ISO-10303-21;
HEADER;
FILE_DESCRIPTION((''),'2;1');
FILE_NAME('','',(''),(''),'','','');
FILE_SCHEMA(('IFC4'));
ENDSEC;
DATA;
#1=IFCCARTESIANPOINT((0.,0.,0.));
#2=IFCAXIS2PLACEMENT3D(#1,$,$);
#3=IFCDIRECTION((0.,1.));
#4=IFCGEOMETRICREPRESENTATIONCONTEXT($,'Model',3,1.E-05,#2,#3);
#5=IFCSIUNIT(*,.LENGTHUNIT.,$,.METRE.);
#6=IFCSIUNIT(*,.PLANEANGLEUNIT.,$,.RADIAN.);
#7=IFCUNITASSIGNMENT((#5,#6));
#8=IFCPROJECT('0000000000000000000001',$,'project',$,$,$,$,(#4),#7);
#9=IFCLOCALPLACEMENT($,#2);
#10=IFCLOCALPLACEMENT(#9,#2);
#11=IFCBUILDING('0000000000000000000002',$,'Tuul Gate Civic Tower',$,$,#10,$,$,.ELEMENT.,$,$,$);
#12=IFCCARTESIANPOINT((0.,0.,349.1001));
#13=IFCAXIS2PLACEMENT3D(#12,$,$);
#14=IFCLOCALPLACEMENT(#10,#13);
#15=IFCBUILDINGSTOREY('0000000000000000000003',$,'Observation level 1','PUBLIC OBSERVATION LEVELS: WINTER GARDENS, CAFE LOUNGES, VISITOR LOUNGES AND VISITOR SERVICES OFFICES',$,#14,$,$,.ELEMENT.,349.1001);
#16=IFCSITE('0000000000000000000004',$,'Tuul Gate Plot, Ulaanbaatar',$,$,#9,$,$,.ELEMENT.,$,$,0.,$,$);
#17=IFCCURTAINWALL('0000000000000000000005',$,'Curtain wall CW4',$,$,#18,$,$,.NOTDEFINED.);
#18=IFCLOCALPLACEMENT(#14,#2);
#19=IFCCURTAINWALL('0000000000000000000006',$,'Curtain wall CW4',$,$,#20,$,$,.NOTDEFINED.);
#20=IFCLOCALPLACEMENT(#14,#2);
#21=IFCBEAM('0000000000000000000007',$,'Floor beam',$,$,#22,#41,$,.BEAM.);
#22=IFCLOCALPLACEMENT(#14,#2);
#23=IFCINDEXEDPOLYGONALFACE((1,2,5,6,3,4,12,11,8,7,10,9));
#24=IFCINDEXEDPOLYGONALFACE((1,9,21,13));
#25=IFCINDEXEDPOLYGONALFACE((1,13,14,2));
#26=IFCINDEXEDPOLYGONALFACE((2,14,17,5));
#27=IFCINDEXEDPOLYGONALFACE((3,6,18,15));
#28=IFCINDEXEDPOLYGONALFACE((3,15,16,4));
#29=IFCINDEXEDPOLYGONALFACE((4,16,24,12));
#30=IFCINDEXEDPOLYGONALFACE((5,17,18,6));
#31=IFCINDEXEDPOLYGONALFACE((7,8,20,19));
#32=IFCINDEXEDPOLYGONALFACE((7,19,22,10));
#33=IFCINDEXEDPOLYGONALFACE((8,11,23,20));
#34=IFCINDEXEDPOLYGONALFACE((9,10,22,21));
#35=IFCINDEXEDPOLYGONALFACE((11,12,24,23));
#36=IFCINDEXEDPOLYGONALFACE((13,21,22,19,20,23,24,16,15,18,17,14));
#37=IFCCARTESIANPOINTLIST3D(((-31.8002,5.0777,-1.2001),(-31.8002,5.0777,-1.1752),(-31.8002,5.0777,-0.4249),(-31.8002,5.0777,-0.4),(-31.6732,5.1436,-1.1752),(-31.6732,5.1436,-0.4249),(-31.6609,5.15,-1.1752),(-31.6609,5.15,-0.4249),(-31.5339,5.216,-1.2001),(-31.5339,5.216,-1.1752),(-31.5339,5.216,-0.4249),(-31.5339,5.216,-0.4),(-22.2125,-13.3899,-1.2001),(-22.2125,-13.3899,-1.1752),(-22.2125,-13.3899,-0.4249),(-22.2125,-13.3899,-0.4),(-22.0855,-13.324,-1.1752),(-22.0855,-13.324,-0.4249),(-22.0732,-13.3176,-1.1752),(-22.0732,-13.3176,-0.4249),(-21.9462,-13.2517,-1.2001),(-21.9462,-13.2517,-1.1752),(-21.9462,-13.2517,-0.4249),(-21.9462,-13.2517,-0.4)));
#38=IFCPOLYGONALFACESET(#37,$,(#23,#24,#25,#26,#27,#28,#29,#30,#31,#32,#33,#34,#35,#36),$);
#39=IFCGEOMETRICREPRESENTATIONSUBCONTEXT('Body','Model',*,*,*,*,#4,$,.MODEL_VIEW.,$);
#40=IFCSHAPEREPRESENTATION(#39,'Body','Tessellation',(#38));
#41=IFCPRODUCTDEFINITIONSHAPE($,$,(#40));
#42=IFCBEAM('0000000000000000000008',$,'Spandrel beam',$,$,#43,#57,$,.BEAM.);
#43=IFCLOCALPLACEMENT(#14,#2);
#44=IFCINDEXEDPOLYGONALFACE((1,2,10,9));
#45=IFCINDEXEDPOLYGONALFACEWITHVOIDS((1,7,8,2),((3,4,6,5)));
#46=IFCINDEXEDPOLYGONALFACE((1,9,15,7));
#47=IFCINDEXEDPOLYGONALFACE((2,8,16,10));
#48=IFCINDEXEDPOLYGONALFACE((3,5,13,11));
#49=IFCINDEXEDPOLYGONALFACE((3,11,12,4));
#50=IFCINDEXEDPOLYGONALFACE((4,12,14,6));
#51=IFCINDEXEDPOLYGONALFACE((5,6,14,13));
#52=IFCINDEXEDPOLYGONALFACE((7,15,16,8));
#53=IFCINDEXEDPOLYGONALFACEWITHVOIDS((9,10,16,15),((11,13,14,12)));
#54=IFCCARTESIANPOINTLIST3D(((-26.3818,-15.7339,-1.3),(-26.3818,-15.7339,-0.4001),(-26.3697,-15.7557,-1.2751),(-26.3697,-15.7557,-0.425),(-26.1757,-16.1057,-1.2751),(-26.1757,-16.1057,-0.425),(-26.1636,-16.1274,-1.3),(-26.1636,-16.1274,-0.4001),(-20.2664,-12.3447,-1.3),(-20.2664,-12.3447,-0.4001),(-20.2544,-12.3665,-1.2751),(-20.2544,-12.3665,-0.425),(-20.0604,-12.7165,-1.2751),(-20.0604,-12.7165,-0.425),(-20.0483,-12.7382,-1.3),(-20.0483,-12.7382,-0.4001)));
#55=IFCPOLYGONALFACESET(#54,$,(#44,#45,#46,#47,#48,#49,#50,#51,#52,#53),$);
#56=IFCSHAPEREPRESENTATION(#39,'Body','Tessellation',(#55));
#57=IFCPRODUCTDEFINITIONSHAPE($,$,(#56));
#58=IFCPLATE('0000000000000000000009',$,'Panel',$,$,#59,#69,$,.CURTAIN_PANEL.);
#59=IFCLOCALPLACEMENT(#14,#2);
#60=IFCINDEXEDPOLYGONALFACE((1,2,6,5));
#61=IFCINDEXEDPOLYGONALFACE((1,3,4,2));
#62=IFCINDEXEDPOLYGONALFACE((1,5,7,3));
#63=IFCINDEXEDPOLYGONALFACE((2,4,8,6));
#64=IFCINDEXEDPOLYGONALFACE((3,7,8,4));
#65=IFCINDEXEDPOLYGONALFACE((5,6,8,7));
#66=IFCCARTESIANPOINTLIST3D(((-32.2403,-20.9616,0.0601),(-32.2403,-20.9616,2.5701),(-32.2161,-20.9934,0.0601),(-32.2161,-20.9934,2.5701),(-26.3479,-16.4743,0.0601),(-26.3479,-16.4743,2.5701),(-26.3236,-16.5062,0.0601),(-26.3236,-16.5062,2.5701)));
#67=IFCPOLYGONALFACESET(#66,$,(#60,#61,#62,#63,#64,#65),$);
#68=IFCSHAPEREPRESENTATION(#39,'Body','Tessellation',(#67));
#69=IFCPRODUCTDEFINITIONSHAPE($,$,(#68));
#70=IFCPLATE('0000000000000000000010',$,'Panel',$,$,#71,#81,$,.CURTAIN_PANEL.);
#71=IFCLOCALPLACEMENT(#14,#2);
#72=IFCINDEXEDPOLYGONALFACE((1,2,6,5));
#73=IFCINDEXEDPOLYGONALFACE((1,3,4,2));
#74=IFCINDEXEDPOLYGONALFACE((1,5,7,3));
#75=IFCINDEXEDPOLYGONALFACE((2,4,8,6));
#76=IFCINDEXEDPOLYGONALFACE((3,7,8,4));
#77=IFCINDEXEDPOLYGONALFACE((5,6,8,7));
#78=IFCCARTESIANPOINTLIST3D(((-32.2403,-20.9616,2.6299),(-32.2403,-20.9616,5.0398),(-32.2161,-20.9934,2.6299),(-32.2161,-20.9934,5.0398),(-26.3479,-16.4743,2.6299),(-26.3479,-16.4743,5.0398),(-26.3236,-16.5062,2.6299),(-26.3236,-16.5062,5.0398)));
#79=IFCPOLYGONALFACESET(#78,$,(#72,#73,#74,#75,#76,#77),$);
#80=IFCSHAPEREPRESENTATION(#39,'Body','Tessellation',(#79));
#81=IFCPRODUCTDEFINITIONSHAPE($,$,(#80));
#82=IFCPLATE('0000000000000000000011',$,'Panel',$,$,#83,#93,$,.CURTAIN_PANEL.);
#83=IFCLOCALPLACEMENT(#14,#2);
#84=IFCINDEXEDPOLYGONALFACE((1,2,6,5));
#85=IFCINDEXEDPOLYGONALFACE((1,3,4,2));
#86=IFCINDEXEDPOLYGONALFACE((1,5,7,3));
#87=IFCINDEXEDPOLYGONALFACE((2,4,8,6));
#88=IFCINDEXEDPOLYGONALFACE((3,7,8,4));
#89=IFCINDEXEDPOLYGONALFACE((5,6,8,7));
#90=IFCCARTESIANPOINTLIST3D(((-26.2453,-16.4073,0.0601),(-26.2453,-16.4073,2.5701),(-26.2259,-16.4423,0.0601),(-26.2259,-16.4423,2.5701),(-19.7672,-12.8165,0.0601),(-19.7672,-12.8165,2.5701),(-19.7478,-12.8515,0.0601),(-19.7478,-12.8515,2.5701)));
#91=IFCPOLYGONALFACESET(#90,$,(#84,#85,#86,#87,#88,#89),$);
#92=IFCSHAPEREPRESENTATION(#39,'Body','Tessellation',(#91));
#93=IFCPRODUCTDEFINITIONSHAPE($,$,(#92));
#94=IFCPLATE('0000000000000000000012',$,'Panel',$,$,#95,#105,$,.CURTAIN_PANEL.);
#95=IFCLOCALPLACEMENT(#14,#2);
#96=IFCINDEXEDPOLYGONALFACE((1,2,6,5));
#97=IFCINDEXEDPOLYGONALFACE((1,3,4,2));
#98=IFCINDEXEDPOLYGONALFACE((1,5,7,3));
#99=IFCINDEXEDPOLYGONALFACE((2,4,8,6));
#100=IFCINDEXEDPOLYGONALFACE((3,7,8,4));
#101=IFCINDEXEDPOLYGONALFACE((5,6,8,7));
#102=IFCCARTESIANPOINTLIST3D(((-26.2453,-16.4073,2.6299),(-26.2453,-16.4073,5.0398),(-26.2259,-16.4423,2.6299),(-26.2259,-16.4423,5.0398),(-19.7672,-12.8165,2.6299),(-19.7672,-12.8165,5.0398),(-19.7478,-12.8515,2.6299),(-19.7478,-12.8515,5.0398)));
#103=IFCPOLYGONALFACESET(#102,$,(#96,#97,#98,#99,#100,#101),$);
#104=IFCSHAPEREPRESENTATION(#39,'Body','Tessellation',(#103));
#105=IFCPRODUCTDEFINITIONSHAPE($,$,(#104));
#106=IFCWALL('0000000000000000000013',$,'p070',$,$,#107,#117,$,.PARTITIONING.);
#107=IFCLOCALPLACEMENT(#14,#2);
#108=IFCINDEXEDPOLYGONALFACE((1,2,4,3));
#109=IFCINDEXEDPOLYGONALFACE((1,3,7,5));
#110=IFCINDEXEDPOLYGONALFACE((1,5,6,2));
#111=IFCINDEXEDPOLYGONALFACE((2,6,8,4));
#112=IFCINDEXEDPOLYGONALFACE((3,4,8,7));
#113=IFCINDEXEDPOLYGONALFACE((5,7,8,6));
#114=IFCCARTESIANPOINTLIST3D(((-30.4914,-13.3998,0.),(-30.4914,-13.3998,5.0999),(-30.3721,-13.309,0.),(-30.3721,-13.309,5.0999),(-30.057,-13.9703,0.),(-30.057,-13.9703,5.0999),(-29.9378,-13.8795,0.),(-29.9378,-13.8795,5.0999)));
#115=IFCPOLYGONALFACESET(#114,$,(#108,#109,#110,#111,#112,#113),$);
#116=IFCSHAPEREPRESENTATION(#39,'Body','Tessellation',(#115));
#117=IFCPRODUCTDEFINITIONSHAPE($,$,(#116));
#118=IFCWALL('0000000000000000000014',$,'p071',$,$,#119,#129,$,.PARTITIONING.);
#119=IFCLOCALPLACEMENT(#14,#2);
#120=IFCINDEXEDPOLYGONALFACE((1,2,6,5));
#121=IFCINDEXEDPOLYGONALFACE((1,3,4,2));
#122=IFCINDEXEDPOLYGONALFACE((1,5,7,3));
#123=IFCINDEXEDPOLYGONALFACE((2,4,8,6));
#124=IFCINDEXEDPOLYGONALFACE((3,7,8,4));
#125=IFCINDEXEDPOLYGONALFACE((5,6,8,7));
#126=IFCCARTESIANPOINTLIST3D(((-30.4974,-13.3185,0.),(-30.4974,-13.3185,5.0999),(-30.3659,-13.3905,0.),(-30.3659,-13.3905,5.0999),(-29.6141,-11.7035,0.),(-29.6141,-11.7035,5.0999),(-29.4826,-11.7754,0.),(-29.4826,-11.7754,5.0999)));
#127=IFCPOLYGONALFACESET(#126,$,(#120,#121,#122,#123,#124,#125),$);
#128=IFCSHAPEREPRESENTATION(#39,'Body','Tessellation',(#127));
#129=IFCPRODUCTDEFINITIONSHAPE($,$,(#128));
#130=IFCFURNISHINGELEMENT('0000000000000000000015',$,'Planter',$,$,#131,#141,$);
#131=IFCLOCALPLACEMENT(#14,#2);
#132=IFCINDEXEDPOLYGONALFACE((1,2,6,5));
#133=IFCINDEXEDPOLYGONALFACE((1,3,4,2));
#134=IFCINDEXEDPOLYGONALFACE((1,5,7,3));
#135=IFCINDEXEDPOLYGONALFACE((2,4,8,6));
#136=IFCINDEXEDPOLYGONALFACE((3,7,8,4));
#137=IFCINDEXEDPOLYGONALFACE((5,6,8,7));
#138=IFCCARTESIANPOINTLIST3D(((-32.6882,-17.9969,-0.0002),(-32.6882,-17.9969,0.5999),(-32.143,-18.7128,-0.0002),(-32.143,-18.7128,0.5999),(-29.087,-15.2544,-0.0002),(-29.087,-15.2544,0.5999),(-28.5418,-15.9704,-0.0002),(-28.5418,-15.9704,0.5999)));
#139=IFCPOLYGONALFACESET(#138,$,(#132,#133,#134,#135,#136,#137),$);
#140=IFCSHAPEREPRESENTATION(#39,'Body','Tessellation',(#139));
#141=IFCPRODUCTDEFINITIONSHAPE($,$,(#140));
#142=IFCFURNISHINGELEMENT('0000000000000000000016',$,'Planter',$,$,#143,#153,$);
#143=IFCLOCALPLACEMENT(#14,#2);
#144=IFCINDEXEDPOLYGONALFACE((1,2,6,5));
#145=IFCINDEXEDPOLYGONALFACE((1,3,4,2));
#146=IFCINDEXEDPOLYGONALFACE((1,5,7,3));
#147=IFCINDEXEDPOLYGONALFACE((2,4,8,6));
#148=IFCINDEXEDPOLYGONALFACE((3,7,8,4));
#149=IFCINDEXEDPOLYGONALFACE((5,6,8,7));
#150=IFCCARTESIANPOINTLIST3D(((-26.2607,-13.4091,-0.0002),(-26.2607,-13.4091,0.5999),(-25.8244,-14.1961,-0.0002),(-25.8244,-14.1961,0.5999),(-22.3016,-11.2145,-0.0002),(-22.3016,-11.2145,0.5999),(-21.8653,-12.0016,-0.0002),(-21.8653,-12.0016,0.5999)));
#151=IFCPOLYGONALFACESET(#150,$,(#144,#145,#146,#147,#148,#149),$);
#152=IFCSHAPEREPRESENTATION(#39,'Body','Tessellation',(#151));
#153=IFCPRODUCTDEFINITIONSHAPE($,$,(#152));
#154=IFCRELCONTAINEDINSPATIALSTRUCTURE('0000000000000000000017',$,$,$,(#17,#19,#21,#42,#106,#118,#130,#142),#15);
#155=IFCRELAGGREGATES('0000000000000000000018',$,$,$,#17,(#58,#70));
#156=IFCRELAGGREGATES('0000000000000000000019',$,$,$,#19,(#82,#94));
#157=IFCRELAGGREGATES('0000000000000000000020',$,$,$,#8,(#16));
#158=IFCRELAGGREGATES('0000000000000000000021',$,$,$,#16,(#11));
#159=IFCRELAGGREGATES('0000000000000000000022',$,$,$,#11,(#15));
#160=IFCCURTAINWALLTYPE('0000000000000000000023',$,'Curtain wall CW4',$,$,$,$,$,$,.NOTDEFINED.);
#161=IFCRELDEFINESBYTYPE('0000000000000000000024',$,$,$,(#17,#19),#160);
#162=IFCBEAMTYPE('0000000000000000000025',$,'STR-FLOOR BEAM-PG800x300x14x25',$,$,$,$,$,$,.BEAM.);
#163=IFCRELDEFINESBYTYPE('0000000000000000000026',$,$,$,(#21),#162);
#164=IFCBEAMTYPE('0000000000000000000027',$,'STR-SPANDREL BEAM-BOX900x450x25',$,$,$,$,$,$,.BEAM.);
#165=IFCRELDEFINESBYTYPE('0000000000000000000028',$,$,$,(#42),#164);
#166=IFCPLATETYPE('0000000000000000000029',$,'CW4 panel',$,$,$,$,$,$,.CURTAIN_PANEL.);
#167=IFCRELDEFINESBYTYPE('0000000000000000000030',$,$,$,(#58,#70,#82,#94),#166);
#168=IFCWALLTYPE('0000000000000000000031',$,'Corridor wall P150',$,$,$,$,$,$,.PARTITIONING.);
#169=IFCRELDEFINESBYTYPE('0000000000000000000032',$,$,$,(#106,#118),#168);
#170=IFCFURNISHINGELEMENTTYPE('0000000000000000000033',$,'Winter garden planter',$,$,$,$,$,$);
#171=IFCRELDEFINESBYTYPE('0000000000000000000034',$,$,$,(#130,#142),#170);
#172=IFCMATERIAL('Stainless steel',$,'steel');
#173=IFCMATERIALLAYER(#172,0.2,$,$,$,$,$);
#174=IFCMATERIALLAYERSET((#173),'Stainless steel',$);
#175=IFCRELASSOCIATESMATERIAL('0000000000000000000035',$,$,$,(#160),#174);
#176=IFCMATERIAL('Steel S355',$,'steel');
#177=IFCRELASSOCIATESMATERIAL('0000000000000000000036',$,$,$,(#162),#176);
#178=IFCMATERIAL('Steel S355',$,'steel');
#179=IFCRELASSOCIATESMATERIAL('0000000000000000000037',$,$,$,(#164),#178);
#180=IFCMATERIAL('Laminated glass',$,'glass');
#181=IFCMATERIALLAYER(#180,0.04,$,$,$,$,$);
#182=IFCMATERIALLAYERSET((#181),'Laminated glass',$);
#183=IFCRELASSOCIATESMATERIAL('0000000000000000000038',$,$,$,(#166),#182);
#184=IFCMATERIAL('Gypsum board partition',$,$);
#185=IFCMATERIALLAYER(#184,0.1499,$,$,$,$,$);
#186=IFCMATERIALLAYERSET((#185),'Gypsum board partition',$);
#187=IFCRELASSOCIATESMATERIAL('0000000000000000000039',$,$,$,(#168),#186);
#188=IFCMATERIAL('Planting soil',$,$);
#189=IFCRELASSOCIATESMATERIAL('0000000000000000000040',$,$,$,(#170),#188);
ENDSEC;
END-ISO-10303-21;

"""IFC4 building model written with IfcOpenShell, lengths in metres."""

from ifc_helpers import new_model, si_unit, direction, frame, frame_2d, origin, origin_2d, place, context, subcontext, project, spatial, rectangle, hollow_rectangle, i_section, extrude, material, layer, layer_set, material_profile, profile_set, type_object, element, aggregate, save


model = new_model("IFC4")

# Units and contexts
model_context = context("Model", 3, precision=1e-05, world=origin(), true_north=direction((0.0, 1.0)))
body_context = subcontext(model_context, "Body", "Model", "MODEL_VIEW")
ifc_project = project(units=[si_unit("LENGTHUNIT", "METRE"), si_unit("PLANEANGLEUNIT", "RADIAN")], contexts=[model_context])

# Site, building, storey
site_placement = place(None, origin())
site = spatial("IfcSite", under=ifc_project, at=site_placement, Name="Tuul Gate Plot, Ulaanbaatar", CompositionType="ELEMENT", RefElevation=0.0)
building_placement = place(site_placement, origin())
building = spatial("IfcBuilding", under=site, at=building_placement, Name="Tuul Gate Civic Tower", CompositionType="ELEMENT")
storey_placement = place(building_placement, frame((0.0, 0.0, 349.1001)))
storey = spatial("IfcBuildingStorey", under=building, at=storey_placement, Name="Observation level 1", Description="PUBLIC OBSERVATION LEVELS: WINTER GARDENS, CAFE LOUNGES, VISITOR LOUNGES AND VISITOR SERVICES OFFICES", CompositionType="ELEMENT", Elevation=349.1001)

# Curtain wall
ifc_material_1 = material(Name="Stainless steel", Category="steel")
ifc_layer_1 = layer(ifc_material_1, 0.2)
ifc_layer_set_1 = layer_set([ifc_layer_1], Name="Stainless steel")
curtain_wall_type = type_object("IfcCurtainWallType", Name="Curtain wall CW4", PredefinedType="NOTDEFINED", material=ifc_layer_set_1)
curtain_wall_1_placement = place(storey_placement, origin())
curtain_wall_1 = element("IfcCurtainWall", 1, at=curtain_wall_1_placement, inside=storey, type_object=curtain_wall_type, Name="Curtain wall CW4", PredefinedType="NOTDEFINED")

# Curtain wall
curtain_wall_2_placement = place(storey_placement, origin())
curtain_wall_2 = element("IfcCurtainWall", 2, at=curtain_wall_2_placement, inside=storey, type_object=curtain_wall_type, Name="Curtain wall CW4", PredefinedType="NOTDEFINED")

# Beams
ifc_material_2 = material(Name="Steel S355", Category="steel")
ifc_material_profile_1 = material_profile(ifc_material_2, i_section(OverallWidth=0.3, OverallDepth=0.8, WebThickness=0.0139, FlangeThickness=0.0249, at=origin_2d()), Name="PG800x300x14x25")
ifc_profile_set_1 = profile_set([ifc_material_profile_1], Name="Steel S355")
beam_type_1 = type_object("IfcBeamType", Name="STR-FLOOR BEAM-PG800x300x14x25", PredefinedType="BEAM", material=ifc_profile_set_1)
beam_1_placement = place(storey_placement, frame((-22.0793, -13.3208, -0.8), z_axis=(-0.460767, 0.887521, 0.0), x_axis=(-0.887521, -0.460767, 0.0)))
element("IfcBeam", 3, at=beam_1_placement, inside=storey, type_object=beam_type_1, Name="Floor beam", PredefinedType="BEAM", context=body_context, shape_type="SweptSolid", body=[
    extrude(i_section(OverallWidth=0.3, OverallDepth=0.8, WebThickness=0.0139, FlangeThickness=0.0249, at=origin_2d()), origin(), (0.0, 0.0, 1.0), 20.8081),
])
ifc_material_3 = material(Name="Steel S355", Category="steel")
ifc_material_profile_2 = material_profile(ifc_material_3, hollow_rectangle(XDim=0.45, YDim=0.8999, WallThickness=0.0249, at=origin_2d()), Name="BOX900x450x25")
ifc_profile_set_2 = profile_set([ifc_material_profile_2], Name="Steel S355")
beam_type_2 = type_object("IfcBeamType", Name="STR-SPANDREL BEAM-BOX900x450x25", PredefinedType="BEAM", material=ifc_profile_set_2)
beam_2_placement = place(storey_placement, frame((-26.2727, -15.9307, -0.8501), z_axis=(0.874654, 0.484747, 0.0), x_axis=(-0.484747, 0.874654, 0.0)))
element("IfcBeam", 4, at=beam_2_placement, inside=storey, type_object=beam_type_2, Name="Spandrel beam", PredefinedType="BEAM", context=body_context, shape_type="SweptSolid", body=[
    extrude(hollow_rectangle(XDim=0.45, YDim=0.8999, WallThickness=0.0249, at=origin_2d()), origin(), (0.0, 0.0, 1.0), 6.9917),
])

# Plates
ifc_material_4 = material(Name="Laminated glass", Category="glass")
ifc_layer_2 = layer(ifc_material_4, 0.04)
ifc_layer_set_2 = layer_set([ifc_layer_2], Name="Laminated glass")
plate_type = type_object("IfcPlateType", Name="CW4 panel", PredefinedType="CURTAIN_PANEL", material=ifc_layer_set_2)
plate_1_placement = place(storey_placement, frame((-29.282, -18.7339, 0.0601), z_axis=(0.0, 0.0, 1.0), x_axis=(0.795578, 0.605851, 0.0)))
plate_1 = element("IfcPlate", 5, at=plate_1_placement, type_object=plate_type, Name="Panel", PredefinedType="CURTAIN_PANEL", context=body_context, shape_type="SweptSolid", body=[
    extrude(rectangle(XDim=7.4065, YDim=0.04, at=origin_2d()), origin(), (0.0, 0.0, 1.0), 2.51),
])
plate_2_placement = place(storey_placement, frame((-29.282, -18.7339, 2.6299), z_axis=(0.0, 0.0, 1.0), x_axis=(0.795578, 0.605851, 0.0)))
plate_2 = element("IfcPlate", 6, at=plate_2_placement, type_object=plate_type, Name="Panel", PredefinedType="CURTAIN_PANEL", context=body_context, shape_type="SweptSolid", body=[
    extrude(rectangle(XDim=7.4065, YDim=0.04, at=origin_2d()), origin(), (0.0, 0.0, 1.0), 2.4099),
])
aggregate(curtain_wall_1, [plate_1, plate_2])
plate_3_placement = place(storey_placement, frame((-22.9966, -14.6294, 0.0601), z_axis=(0.0, 0.0, 1.0), x_axis=(0.874621, 0.484808, 0.0)))
plate_3 = element("IfcPlate", 7, at=plate_3_placement, type_object=plate_type, Name="Panel", PredefinedType="CURTAIN_PANEL", context=body_context, shape_type="SweptSolid", body=[
    extrude(rectangle(XDim=7.4067, YDim=0.04, at=origin_2d()), origin(), (0.0, 0.0, 1.0), 2.51),
])
plate_4_placement = place(storey_placement, frame((-22.9966, -14.6294, 2.6299), z_axis=(0.0, 0.0, 1.0), x_axis=(0.874621, 0.484808, 0.0)))
plate_4 = element("IfcPlate", 8, at=plate_4_placement, type_object=plate_type, Name="Panel", PredefinedType="CURTAIN_PANEL", context=body_context, shape_type="SweptSolid", body=[
    extrude(rectangle(XDim=7.4067, YDim=0.04, at=origin_2d()), origin(), (0.0, 0.0, 1.0), 2.4099),
])
aggregate(curtain_wall_2, [plate_3, plate_4])

# Walls
ifc_material_5 = material(Name="Gypsum board partition")
ifc_layer_3 = layer(ifc_material_5, 0.1499)
ifc_layer_set_3 = layer_set([ifc_layer_3], Name="Gypsum board partition")
wall_type = type_object("IfcWallType", Name="Corridor wall P150", PredefinedType="PARTITIONING", material=ifc_layer_set_3)
wall_1_placement = place(storey_placement, frame((-30.4316, -13.3545, 0.0), z_axis=(0.0, 0.0, 1.0), x_axis=(0.605705, -0.79569, 0.0)))
element("IfcWall", 9, at=wall_1_placement, inside=storey, type_object=wall_type, Name="p070", PredefinedType="PARTITIONING", context=body_context, shape_type="SweptSolid", body=[
    extrude(rectangle(XDim=0.717, YDim=0.1499, at=frame_2d((0.3584, 0.0))), origin(), (0.0, 0.0, 1.0), 5.0999),
])
wall_2_placement = place(storey_placement, frame((-30.4316, -13.3545, 0.0), z_axis=(0.0, 0.0, 1.0), x_axis=(0.479855, 0.877348, 0.0)))
element("IfcWall", 10, at=wall_2_placement, inside=storey, type_object=wall_type, Name="p071", PredefinedType="PARTITIONING", context=body_context, shape_type="SweptSolid", body=[
    extrude(rectangle(XDim=1.8408, YDim=0.1499, at=frame_2d((0.9204, 0.0))), origin(), (0.0, 0.0, 1.0), 5.0999),
])

# Furnishing elements
ifc_material_6 = material(Name="Planting soil")
furnishing_element_type = type_object("IfcFurnishingElementType", Name="Winter garden planter", material=ifc_material_6)
for number, where, z_axis, x_axis, name in (
    (11, (-30.615, -16.9836, -0.0002), (0.0, 0.0, 1.0), (0.795578, 0.605851, 0.0), "Planter"),
    (12, (-24.063, -12.7053, -0.0002), (0.0, 0.0, 1.0), (0.874621, 0.484808, 0.0), "Planter"),
):
    element("IfcFurnishingElement", number, at=place(storey_placement, frame(where, z_axis=z_axis, x_axis=x_axis)), inside=storey, type_object=furnishing_element_type, Name=name, context=body_context, shape_type="SweptSolid", body=[
        extrude(rectangle(XDim=4.5266, YDim=0.8999, at=origin_2d()), origin(), (0.0, 0.0, 1.0), 0.6001),
    ])

save(model, "model.ifc")
